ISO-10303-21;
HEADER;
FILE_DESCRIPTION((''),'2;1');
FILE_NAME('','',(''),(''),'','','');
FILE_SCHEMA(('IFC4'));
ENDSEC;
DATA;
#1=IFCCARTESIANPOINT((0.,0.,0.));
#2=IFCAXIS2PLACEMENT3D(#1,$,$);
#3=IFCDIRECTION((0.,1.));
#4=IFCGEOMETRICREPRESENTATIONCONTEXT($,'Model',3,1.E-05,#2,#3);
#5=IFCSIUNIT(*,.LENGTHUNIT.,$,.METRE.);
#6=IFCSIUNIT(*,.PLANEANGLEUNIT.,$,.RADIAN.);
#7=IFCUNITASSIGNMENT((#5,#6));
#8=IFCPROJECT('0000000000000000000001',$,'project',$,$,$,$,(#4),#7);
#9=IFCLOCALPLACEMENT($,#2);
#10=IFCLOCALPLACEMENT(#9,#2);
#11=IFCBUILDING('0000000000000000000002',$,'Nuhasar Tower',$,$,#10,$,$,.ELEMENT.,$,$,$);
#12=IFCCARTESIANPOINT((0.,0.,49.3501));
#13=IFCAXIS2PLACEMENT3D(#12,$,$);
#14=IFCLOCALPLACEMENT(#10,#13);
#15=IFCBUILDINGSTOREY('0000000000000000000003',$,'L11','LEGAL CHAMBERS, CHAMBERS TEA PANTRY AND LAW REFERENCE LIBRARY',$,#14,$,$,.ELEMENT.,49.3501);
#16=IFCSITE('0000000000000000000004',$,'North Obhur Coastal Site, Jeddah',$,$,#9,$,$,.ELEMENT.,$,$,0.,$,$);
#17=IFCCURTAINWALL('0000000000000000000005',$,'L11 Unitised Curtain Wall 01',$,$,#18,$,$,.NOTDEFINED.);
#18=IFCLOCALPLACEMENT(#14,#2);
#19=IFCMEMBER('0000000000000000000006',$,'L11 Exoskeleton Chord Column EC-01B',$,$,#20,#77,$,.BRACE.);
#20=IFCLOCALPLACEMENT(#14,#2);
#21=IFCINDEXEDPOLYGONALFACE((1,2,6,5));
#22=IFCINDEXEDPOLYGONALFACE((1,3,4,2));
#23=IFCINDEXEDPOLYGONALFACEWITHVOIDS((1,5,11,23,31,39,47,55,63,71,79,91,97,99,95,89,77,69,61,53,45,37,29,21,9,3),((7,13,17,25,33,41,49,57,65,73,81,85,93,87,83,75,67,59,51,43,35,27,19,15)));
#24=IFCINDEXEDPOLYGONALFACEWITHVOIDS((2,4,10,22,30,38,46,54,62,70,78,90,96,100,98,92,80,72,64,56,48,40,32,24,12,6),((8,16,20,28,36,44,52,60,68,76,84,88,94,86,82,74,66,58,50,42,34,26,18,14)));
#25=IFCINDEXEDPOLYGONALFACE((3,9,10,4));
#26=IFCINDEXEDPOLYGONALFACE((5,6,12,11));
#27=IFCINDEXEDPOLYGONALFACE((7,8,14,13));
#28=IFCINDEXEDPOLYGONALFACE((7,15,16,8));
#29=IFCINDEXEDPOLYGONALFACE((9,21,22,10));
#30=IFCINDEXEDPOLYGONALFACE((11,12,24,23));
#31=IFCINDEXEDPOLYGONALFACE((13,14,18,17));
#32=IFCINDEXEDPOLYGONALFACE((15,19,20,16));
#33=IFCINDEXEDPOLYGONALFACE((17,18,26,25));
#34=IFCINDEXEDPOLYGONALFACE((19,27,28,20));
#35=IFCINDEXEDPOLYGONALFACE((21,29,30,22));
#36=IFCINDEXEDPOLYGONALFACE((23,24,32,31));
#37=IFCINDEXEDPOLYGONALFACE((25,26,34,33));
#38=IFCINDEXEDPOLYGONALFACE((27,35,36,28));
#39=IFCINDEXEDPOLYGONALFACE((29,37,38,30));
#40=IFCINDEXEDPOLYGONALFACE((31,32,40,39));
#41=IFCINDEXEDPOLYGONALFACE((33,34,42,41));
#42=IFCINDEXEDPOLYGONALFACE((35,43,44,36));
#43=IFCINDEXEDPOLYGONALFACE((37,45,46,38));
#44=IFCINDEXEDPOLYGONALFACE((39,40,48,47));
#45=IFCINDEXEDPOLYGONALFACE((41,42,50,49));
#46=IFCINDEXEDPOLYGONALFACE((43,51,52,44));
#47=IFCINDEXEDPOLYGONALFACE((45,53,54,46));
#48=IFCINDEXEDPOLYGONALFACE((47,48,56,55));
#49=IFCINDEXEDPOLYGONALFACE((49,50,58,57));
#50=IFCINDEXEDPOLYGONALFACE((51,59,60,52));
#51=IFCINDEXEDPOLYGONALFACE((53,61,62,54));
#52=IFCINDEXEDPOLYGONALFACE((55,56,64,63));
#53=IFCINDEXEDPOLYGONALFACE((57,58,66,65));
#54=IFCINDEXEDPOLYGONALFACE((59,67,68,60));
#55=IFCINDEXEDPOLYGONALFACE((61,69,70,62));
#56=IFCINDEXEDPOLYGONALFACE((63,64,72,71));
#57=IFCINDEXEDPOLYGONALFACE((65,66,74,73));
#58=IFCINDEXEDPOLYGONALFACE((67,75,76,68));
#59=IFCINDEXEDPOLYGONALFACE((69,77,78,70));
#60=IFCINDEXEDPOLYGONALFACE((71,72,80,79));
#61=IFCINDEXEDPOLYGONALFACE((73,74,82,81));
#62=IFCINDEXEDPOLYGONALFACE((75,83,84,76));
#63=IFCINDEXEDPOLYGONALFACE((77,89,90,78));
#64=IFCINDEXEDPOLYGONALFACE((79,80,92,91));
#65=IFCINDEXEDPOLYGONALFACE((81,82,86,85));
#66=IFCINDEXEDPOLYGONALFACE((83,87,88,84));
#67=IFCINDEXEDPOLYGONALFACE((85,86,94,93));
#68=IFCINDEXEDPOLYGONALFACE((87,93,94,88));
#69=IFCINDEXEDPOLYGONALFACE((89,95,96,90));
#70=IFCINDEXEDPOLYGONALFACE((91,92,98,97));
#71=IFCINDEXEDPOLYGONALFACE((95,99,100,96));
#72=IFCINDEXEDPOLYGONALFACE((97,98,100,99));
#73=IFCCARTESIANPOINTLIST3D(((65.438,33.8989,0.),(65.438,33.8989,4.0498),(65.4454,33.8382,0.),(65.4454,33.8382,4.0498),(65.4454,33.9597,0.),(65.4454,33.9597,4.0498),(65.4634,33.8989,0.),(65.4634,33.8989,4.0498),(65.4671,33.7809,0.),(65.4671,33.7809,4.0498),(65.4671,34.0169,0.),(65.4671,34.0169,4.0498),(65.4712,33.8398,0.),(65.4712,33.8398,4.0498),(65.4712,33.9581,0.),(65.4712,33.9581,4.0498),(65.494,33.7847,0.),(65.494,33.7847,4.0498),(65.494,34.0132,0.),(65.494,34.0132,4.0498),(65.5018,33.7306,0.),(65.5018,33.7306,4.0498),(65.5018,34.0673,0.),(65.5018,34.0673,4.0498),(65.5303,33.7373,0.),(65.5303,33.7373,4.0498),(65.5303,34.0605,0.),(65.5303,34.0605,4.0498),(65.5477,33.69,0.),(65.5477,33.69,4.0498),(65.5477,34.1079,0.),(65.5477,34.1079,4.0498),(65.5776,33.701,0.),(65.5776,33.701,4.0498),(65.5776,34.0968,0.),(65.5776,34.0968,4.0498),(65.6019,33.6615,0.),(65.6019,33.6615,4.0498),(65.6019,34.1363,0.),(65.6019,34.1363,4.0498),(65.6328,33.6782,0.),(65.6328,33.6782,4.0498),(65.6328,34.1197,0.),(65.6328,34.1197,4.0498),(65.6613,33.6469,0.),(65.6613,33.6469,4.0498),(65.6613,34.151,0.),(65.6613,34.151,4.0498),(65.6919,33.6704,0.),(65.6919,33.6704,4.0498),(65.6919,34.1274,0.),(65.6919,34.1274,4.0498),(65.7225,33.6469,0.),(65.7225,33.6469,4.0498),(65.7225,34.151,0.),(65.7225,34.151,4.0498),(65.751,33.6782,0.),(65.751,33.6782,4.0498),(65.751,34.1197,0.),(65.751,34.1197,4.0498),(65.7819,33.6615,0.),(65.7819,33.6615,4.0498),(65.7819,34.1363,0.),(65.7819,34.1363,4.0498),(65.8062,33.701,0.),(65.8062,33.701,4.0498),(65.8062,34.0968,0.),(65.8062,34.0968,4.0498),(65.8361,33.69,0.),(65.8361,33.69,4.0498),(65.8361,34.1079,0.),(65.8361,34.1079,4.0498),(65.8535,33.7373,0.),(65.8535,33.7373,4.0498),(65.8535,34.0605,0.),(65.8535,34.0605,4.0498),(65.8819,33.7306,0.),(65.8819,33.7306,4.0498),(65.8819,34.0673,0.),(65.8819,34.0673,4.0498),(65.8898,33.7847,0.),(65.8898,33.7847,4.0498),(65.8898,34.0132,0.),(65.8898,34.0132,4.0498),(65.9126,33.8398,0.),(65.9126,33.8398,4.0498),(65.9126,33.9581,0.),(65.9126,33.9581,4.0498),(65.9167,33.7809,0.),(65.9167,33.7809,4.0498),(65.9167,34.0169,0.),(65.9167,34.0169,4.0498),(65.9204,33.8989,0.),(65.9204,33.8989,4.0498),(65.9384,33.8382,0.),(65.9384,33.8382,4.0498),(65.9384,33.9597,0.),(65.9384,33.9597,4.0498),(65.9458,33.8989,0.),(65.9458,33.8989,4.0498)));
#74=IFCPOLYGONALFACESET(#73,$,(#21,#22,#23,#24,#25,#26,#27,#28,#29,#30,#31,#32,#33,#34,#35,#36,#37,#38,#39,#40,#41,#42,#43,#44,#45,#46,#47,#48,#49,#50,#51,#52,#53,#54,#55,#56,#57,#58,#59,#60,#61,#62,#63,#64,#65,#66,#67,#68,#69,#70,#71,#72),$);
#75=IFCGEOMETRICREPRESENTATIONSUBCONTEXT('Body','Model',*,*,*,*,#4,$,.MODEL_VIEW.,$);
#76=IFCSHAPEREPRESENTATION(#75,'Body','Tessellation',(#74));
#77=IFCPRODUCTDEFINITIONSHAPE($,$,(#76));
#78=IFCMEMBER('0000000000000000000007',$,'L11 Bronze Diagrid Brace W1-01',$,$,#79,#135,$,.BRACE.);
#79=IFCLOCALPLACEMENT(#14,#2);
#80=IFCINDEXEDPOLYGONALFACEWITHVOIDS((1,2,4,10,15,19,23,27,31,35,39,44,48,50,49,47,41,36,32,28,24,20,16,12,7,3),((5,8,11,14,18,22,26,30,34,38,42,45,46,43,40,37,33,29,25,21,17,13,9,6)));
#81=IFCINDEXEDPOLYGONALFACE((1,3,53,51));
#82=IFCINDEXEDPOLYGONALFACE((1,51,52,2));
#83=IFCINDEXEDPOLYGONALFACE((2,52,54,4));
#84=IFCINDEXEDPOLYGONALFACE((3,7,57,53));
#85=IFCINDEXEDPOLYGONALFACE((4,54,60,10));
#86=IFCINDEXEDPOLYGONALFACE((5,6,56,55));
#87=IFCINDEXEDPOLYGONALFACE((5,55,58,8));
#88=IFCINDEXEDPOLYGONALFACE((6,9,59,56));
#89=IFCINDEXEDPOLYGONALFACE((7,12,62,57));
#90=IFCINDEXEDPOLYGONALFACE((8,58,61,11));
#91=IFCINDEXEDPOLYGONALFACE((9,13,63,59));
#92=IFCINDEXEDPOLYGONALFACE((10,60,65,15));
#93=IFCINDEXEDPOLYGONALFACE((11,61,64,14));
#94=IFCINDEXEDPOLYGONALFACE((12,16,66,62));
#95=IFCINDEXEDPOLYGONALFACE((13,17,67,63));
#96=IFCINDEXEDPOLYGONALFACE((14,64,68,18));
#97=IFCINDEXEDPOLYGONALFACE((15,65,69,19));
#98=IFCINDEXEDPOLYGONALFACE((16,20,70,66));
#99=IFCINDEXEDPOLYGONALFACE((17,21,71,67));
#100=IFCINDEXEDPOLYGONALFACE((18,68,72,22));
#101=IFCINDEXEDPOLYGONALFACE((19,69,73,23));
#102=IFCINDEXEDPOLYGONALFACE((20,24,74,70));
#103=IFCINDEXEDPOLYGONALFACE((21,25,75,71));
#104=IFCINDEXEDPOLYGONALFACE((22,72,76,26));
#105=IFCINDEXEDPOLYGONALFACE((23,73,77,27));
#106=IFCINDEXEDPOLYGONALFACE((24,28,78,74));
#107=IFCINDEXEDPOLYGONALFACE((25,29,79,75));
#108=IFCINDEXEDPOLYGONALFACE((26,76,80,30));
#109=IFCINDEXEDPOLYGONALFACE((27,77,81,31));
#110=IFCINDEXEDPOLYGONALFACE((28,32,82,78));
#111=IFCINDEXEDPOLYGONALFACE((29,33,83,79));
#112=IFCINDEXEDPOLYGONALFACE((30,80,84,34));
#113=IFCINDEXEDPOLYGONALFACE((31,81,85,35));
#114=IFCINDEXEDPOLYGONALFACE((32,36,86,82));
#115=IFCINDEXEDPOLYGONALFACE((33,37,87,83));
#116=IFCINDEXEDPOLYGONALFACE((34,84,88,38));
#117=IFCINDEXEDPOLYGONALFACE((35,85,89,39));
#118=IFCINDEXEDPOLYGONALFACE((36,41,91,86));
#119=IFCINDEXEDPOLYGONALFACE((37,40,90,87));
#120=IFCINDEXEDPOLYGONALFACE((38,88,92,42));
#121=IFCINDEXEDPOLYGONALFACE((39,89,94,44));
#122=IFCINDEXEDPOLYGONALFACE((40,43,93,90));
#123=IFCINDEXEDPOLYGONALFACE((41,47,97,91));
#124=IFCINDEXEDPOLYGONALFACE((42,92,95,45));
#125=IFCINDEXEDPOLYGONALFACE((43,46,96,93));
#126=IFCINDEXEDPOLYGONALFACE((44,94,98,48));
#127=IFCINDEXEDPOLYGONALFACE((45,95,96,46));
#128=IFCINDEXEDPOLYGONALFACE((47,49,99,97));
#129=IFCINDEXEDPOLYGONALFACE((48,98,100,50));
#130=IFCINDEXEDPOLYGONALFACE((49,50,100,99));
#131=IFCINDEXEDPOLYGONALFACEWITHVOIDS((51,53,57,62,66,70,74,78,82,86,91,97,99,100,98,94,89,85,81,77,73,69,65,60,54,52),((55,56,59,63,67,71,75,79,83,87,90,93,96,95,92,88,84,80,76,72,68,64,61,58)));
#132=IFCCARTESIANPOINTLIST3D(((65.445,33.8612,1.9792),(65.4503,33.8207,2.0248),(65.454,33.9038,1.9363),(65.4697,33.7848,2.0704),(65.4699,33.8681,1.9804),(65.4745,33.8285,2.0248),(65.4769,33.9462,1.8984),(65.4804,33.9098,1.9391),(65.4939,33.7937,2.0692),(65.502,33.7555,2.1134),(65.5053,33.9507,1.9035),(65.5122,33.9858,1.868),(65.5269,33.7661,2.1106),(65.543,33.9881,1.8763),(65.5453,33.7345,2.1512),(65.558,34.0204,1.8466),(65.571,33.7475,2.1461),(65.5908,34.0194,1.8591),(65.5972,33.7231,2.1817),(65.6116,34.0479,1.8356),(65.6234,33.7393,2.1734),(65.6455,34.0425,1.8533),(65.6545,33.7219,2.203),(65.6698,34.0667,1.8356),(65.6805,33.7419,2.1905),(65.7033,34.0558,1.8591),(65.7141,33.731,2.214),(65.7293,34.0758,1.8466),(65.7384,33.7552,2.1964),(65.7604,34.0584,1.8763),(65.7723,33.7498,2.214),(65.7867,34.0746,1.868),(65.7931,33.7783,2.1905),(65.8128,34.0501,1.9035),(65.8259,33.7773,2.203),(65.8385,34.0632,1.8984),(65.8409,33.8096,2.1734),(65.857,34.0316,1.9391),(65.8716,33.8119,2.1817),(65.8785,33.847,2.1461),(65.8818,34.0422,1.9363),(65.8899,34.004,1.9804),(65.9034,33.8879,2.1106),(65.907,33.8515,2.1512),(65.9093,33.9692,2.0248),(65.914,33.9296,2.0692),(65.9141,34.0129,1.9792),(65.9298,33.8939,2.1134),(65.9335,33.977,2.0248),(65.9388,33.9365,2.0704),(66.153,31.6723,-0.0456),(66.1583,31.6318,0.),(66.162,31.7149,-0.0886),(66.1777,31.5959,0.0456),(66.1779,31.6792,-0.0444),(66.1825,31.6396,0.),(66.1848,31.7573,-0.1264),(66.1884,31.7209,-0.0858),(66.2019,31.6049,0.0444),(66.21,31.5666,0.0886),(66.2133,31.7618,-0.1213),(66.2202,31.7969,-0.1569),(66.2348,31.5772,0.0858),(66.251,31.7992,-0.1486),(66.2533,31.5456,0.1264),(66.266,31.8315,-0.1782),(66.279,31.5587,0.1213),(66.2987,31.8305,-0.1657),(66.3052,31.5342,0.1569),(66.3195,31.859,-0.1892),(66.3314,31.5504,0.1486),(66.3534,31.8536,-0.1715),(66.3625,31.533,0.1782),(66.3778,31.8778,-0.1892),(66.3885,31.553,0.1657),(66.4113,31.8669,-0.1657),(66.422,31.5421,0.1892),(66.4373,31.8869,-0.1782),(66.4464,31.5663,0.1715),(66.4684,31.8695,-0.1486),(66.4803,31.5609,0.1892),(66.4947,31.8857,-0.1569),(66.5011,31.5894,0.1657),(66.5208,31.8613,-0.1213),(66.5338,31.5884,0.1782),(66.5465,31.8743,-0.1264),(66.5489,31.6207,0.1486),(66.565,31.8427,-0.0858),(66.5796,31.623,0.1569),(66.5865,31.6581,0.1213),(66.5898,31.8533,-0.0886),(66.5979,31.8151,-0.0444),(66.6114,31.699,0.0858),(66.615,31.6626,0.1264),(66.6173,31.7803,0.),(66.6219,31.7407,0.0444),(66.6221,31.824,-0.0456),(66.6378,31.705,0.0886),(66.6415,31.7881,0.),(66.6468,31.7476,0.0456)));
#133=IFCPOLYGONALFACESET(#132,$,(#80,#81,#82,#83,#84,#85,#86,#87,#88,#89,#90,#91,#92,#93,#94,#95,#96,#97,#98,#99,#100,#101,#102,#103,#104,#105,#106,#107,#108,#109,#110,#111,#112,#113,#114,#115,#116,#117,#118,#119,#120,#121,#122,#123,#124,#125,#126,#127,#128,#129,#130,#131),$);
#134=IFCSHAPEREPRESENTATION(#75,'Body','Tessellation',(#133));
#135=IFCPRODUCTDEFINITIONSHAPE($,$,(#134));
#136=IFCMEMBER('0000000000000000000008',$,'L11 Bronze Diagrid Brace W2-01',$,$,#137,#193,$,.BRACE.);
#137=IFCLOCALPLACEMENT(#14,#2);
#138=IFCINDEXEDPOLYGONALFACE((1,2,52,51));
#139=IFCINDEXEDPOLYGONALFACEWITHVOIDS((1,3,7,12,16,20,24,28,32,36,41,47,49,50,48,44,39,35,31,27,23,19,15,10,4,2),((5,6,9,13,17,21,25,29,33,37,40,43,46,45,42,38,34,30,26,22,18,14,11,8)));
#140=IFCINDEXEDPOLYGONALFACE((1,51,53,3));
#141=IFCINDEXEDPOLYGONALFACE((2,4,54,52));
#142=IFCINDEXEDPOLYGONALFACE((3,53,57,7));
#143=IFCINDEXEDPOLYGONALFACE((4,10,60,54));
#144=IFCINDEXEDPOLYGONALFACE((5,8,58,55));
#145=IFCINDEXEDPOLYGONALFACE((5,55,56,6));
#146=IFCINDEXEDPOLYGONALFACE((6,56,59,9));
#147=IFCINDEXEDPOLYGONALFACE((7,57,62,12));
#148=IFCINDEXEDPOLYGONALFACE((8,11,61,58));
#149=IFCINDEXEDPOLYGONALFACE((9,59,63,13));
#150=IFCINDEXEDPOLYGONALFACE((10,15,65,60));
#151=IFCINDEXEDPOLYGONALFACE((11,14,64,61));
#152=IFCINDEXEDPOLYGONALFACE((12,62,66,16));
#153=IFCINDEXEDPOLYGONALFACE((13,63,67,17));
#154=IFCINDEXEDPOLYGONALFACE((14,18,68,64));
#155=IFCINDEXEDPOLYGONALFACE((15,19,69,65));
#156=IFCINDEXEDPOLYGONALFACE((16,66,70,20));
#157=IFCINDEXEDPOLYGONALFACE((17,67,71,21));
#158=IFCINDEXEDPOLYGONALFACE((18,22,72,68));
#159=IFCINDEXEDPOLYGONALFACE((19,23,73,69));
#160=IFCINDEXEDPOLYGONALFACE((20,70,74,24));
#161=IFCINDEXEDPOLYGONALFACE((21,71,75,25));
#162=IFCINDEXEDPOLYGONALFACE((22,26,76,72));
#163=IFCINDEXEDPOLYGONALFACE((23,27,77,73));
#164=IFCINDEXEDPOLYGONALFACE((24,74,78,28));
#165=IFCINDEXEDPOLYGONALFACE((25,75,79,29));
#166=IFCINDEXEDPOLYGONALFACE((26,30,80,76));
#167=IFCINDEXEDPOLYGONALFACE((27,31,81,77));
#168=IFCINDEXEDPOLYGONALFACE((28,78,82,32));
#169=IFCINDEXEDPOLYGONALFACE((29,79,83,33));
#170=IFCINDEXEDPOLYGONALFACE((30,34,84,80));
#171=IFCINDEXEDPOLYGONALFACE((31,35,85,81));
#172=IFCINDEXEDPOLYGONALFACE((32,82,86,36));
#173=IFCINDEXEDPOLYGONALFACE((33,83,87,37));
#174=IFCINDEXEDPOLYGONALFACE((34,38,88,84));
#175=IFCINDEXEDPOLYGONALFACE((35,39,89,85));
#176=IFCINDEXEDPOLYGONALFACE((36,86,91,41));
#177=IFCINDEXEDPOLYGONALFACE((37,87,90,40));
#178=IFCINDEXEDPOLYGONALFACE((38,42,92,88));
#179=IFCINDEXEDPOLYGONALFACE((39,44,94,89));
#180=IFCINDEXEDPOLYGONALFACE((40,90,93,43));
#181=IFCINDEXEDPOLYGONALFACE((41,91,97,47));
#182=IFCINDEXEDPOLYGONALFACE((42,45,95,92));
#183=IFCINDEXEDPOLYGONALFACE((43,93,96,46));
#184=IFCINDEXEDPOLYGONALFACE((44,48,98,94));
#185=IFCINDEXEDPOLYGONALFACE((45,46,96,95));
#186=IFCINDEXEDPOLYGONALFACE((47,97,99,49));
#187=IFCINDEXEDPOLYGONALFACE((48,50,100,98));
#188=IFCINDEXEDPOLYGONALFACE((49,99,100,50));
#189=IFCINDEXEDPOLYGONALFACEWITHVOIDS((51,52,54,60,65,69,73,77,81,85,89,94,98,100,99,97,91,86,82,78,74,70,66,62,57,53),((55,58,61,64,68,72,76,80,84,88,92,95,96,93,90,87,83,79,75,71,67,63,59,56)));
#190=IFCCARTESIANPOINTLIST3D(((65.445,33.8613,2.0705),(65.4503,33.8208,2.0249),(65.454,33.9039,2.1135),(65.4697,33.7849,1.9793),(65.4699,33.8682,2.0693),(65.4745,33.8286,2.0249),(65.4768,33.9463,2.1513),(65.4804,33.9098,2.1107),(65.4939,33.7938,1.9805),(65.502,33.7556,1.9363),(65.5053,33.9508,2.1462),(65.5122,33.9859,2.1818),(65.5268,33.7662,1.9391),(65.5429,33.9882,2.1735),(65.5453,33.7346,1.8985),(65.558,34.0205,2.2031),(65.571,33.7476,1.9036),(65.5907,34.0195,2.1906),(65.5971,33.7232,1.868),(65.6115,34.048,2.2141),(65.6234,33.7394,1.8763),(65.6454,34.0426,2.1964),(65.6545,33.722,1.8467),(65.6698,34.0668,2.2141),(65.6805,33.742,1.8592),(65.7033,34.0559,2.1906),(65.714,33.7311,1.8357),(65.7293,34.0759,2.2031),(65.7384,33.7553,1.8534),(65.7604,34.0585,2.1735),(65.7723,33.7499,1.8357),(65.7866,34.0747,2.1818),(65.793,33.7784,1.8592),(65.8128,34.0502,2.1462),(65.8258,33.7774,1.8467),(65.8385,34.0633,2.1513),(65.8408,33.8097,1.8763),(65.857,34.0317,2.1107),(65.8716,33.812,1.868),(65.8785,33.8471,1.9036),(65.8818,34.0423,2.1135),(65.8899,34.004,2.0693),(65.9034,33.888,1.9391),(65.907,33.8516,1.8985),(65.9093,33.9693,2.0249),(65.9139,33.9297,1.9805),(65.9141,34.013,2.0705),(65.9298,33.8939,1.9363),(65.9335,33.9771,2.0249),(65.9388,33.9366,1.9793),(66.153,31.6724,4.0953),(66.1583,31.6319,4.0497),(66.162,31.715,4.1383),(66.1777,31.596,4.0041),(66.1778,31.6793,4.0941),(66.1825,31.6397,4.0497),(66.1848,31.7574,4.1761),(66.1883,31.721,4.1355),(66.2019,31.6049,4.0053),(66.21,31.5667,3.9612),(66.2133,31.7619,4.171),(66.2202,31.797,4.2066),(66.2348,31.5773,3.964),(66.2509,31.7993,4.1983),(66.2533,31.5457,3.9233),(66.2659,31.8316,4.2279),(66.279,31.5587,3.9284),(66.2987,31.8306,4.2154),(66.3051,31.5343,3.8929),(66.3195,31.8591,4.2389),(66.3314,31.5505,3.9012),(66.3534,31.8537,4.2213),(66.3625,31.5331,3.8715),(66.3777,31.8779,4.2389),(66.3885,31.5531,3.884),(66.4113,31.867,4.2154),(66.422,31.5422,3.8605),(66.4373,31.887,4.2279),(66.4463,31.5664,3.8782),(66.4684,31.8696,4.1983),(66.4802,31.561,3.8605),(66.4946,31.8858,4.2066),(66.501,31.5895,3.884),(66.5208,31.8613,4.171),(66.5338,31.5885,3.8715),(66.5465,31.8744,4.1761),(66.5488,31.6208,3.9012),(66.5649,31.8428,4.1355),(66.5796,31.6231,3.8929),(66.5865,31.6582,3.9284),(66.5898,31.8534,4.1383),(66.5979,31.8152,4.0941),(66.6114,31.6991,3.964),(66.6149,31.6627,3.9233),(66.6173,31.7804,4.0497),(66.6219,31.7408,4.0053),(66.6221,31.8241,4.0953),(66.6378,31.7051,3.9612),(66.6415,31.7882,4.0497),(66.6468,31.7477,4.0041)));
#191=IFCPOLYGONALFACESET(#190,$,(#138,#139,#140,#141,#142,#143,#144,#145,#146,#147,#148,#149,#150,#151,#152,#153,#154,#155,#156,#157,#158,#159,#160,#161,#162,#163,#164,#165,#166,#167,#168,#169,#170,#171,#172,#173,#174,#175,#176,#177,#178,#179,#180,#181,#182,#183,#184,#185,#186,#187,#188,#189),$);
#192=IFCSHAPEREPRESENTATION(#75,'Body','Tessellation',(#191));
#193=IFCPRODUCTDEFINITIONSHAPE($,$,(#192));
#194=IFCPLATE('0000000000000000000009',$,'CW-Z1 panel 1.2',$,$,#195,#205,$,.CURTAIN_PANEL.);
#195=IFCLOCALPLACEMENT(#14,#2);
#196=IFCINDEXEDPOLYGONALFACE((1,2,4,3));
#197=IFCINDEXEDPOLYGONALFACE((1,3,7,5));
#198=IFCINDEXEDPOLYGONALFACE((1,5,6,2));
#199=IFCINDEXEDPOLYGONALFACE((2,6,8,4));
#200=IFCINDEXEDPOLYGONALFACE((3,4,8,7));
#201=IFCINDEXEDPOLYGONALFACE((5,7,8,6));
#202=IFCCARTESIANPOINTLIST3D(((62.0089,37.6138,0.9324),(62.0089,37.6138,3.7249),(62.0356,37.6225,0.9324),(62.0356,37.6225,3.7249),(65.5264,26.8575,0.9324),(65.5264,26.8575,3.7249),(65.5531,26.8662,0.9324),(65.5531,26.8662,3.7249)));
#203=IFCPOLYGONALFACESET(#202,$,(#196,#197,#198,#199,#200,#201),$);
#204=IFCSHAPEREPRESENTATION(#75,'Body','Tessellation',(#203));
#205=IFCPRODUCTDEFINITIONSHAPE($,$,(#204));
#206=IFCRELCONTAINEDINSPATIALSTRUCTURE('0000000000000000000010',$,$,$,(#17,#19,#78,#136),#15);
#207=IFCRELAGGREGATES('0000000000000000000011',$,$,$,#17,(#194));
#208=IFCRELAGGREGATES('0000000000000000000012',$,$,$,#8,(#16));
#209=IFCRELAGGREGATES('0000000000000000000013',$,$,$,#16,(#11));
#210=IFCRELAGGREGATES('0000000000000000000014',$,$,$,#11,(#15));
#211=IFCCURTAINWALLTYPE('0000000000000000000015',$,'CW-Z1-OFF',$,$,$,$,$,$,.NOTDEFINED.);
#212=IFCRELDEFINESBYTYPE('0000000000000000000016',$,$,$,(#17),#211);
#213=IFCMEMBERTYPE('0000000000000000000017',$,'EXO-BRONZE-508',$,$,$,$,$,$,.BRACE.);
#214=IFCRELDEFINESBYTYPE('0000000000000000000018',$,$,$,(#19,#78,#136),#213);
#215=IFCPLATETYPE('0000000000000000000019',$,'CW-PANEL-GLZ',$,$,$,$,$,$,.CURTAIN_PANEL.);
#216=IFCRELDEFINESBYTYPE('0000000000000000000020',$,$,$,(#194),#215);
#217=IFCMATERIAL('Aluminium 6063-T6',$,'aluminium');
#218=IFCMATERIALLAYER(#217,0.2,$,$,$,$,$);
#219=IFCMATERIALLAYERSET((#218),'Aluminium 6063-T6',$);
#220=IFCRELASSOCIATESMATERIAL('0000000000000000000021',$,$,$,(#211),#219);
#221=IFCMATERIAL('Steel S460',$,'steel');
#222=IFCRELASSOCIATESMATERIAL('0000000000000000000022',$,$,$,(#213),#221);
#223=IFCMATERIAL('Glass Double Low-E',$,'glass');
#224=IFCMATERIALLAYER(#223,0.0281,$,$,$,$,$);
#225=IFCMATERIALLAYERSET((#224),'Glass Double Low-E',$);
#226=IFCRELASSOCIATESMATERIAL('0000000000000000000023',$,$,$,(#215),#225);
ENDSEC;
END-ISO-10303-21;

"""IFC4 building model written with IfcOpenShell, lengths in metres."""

from ifc_helpers import new_model, si_unit, direction, frame, origin, origin_2d, place, context, subcontext, project, spatial, rectangle, hollow_circle, extrude, material, layer, layer_set, material_profile, profile_set, type_object, element, aggregate, save


model = new_model("IFC4")

# Units and contexts
model_context = context("Model", 3, precision=1e-05, world=origin(), true_north=direction((0.0, 1.0)))
body_context = subcontext(model_context, "Body", "Model", "MODEL_VIEW")
ifc_project = project(units=[si_unit("LENGTHUNIT", "METRE"), si_unit("PLANEANGLEUNIT", "RADIAN")], contexts=[model_context])

# Site, building, storey
site_placement = place(None, origin())
site = spatial("IfcSite", under=ifc_project, at=site_placement, Name="North Obhur Coastal Site, Jeddah", CompositionType="ELEMENT", RefElevation=0.0)
building_placement = place(site_placement, origin())
building = spatial("IfcBuilding", under=site, at=building_placement, Name="Nuhasar Tower", CompositionType="ELEMENT")
storey_placement = place(building_placement, frame((0.0, 0.0, 49.3501)))
storey = spatial("IfcBuildingStorey", under=building, at=storey_placement, Name="L11", Description="LEGAL CHAMBERS, CHAMBERS TEA PANTRY AND LAW REFERENCE LIBRARY", CompositionType="ELEMENT", Elevation=49.3501)

# Curtain wall
ifc_material_1 = material(Name="Aluminium 6063-T6", Category="aluminium")
ifc_layer_1 = layer(ifc_material_1, 0.2)
ifc_layer_set_1 = layer_set([ifc_layer_1], Name="Aluminium 6063-T6")
curtain_wall_type = type_object("IfcCurtainWallType", Name="CW-Z1-OFF", PredefinedType="NOTDEFINED", material=ifc_layer_set_1)
curtain_wall_placement = place(storey_placement, origin())
curtain_wall = element("IfcCurtainWall", 1, at=curtain_wall_placement, inside=storey, type_object=curtain_wall_type, Name="L11 Unitised Curtain Wall 01", PredefinedType="NOTDEFINED")

# Members
ifc_material_2 = material(Name="Steel S460", Category="steel")
ifc_material_profile_1 = material_profile(ifc_material_2, hollow_circle(Radius=0.2539, WallThickness=0.0254, at=origin_2d()), Name="HSS508X25.4")
ifc_profile_set_1 = profile_set([ifc_material_profile_1], Name="Steel S460")
member_type_1 = type_object("IfcMemberType", Name="EXO-BRONZE-508", PredefinedType="BRACE", material=ifc_profile_set_1)
for number, where, z_axis, x_axis, name in (
    (2, (65.6919, 33.8989, 0.0), (0.0, 0.0, 1.0), (1.0, 0.0, 0.0), "L11 Exoskeleton Chord Column EC-01B"),
):
    element("IfcMember", number, at=place(storey_placement, frame(where, z_axis=z_axis, x_axis=x_axis)), inside=storey, type_object=member_type_1, Name=name, PredefinedType="BRACE", context=body_context, shape_type="SweptSolid", body=[
        extrude(hollow_circle(Radius=0.2539, WallThickness=0.0254, at=origin_2d()), origin(), (0.0, 0.0, 1.0), 4.0498),
    ])
for number, where, z_axis, x_axis, name in (
    (3, (66.3999, 31.71, 0.0), (-0.231012, 0.714225, 0.660694), (-0.951468, -0.307747, 0.0), "L11 Bronze Diagrid Brace W1-01"),
    (4, (65.6919, 33.8989, 2.0249), (0.231012, -0.714225, 0.660694), (0.951468, 0.307747, 0.0), "L11 Bronze Diagrid Brace W2-01"),
):
    element("IfcMember", number, at=place(storey_placement, frame(where, z_axis=z_axis, x_axis=x_axis)), inside=storey, type_object=member_type_1, Name=name, PredefinedType="BRACE", context=body_context, shape_type="SweptSolid", body=[
        extrude(hollow_circle(Radius=0.2539, WallThickness=0.0254, at=origin_2d()), origin(), (0.0, 0.0, 1.0), 3.0647),
    ])

# Plate
ifc_material_3 = material(Name="Glass Double Low-E", Category="glass")
ifc_layer_2 = layer(ifc_material_3, 0.0281)
ifc_layer_set_2 = layer_set([ifc_layer_2], Name="Glass Double Low-E")
plate_type_1 = type_object("IfcPlateType", Name="CW-PANEL-GLZ", PredefinedType="CURTAIN_PANEL", material=ifc_layer_set_2)
plate_1_placement = place(storey_placement, frame((63.781, 32.24, 0.9324), z_axis=(0.0, 0.0, 1.0), x_axis=(-0.310824, 0.950468, 0.0)))
plate_1 = element("IfcPlate", 5, at=plate_1_placement, type_object=plate_type_1, Name="CW-Z1 panel 1.2", PredefinedType="CURTAIN_PANEL", context=body_context, shape_type="SweptSolid", body=[
    extrude(rectangle(XDim=11.3169, YDim=0.0281, at=origin_2d()), origin(), (0.0, 0.0, 1.0), 2.7925),
])
aggregate(curtain_wall, [plate_1])

save(model, "model.ifc")
